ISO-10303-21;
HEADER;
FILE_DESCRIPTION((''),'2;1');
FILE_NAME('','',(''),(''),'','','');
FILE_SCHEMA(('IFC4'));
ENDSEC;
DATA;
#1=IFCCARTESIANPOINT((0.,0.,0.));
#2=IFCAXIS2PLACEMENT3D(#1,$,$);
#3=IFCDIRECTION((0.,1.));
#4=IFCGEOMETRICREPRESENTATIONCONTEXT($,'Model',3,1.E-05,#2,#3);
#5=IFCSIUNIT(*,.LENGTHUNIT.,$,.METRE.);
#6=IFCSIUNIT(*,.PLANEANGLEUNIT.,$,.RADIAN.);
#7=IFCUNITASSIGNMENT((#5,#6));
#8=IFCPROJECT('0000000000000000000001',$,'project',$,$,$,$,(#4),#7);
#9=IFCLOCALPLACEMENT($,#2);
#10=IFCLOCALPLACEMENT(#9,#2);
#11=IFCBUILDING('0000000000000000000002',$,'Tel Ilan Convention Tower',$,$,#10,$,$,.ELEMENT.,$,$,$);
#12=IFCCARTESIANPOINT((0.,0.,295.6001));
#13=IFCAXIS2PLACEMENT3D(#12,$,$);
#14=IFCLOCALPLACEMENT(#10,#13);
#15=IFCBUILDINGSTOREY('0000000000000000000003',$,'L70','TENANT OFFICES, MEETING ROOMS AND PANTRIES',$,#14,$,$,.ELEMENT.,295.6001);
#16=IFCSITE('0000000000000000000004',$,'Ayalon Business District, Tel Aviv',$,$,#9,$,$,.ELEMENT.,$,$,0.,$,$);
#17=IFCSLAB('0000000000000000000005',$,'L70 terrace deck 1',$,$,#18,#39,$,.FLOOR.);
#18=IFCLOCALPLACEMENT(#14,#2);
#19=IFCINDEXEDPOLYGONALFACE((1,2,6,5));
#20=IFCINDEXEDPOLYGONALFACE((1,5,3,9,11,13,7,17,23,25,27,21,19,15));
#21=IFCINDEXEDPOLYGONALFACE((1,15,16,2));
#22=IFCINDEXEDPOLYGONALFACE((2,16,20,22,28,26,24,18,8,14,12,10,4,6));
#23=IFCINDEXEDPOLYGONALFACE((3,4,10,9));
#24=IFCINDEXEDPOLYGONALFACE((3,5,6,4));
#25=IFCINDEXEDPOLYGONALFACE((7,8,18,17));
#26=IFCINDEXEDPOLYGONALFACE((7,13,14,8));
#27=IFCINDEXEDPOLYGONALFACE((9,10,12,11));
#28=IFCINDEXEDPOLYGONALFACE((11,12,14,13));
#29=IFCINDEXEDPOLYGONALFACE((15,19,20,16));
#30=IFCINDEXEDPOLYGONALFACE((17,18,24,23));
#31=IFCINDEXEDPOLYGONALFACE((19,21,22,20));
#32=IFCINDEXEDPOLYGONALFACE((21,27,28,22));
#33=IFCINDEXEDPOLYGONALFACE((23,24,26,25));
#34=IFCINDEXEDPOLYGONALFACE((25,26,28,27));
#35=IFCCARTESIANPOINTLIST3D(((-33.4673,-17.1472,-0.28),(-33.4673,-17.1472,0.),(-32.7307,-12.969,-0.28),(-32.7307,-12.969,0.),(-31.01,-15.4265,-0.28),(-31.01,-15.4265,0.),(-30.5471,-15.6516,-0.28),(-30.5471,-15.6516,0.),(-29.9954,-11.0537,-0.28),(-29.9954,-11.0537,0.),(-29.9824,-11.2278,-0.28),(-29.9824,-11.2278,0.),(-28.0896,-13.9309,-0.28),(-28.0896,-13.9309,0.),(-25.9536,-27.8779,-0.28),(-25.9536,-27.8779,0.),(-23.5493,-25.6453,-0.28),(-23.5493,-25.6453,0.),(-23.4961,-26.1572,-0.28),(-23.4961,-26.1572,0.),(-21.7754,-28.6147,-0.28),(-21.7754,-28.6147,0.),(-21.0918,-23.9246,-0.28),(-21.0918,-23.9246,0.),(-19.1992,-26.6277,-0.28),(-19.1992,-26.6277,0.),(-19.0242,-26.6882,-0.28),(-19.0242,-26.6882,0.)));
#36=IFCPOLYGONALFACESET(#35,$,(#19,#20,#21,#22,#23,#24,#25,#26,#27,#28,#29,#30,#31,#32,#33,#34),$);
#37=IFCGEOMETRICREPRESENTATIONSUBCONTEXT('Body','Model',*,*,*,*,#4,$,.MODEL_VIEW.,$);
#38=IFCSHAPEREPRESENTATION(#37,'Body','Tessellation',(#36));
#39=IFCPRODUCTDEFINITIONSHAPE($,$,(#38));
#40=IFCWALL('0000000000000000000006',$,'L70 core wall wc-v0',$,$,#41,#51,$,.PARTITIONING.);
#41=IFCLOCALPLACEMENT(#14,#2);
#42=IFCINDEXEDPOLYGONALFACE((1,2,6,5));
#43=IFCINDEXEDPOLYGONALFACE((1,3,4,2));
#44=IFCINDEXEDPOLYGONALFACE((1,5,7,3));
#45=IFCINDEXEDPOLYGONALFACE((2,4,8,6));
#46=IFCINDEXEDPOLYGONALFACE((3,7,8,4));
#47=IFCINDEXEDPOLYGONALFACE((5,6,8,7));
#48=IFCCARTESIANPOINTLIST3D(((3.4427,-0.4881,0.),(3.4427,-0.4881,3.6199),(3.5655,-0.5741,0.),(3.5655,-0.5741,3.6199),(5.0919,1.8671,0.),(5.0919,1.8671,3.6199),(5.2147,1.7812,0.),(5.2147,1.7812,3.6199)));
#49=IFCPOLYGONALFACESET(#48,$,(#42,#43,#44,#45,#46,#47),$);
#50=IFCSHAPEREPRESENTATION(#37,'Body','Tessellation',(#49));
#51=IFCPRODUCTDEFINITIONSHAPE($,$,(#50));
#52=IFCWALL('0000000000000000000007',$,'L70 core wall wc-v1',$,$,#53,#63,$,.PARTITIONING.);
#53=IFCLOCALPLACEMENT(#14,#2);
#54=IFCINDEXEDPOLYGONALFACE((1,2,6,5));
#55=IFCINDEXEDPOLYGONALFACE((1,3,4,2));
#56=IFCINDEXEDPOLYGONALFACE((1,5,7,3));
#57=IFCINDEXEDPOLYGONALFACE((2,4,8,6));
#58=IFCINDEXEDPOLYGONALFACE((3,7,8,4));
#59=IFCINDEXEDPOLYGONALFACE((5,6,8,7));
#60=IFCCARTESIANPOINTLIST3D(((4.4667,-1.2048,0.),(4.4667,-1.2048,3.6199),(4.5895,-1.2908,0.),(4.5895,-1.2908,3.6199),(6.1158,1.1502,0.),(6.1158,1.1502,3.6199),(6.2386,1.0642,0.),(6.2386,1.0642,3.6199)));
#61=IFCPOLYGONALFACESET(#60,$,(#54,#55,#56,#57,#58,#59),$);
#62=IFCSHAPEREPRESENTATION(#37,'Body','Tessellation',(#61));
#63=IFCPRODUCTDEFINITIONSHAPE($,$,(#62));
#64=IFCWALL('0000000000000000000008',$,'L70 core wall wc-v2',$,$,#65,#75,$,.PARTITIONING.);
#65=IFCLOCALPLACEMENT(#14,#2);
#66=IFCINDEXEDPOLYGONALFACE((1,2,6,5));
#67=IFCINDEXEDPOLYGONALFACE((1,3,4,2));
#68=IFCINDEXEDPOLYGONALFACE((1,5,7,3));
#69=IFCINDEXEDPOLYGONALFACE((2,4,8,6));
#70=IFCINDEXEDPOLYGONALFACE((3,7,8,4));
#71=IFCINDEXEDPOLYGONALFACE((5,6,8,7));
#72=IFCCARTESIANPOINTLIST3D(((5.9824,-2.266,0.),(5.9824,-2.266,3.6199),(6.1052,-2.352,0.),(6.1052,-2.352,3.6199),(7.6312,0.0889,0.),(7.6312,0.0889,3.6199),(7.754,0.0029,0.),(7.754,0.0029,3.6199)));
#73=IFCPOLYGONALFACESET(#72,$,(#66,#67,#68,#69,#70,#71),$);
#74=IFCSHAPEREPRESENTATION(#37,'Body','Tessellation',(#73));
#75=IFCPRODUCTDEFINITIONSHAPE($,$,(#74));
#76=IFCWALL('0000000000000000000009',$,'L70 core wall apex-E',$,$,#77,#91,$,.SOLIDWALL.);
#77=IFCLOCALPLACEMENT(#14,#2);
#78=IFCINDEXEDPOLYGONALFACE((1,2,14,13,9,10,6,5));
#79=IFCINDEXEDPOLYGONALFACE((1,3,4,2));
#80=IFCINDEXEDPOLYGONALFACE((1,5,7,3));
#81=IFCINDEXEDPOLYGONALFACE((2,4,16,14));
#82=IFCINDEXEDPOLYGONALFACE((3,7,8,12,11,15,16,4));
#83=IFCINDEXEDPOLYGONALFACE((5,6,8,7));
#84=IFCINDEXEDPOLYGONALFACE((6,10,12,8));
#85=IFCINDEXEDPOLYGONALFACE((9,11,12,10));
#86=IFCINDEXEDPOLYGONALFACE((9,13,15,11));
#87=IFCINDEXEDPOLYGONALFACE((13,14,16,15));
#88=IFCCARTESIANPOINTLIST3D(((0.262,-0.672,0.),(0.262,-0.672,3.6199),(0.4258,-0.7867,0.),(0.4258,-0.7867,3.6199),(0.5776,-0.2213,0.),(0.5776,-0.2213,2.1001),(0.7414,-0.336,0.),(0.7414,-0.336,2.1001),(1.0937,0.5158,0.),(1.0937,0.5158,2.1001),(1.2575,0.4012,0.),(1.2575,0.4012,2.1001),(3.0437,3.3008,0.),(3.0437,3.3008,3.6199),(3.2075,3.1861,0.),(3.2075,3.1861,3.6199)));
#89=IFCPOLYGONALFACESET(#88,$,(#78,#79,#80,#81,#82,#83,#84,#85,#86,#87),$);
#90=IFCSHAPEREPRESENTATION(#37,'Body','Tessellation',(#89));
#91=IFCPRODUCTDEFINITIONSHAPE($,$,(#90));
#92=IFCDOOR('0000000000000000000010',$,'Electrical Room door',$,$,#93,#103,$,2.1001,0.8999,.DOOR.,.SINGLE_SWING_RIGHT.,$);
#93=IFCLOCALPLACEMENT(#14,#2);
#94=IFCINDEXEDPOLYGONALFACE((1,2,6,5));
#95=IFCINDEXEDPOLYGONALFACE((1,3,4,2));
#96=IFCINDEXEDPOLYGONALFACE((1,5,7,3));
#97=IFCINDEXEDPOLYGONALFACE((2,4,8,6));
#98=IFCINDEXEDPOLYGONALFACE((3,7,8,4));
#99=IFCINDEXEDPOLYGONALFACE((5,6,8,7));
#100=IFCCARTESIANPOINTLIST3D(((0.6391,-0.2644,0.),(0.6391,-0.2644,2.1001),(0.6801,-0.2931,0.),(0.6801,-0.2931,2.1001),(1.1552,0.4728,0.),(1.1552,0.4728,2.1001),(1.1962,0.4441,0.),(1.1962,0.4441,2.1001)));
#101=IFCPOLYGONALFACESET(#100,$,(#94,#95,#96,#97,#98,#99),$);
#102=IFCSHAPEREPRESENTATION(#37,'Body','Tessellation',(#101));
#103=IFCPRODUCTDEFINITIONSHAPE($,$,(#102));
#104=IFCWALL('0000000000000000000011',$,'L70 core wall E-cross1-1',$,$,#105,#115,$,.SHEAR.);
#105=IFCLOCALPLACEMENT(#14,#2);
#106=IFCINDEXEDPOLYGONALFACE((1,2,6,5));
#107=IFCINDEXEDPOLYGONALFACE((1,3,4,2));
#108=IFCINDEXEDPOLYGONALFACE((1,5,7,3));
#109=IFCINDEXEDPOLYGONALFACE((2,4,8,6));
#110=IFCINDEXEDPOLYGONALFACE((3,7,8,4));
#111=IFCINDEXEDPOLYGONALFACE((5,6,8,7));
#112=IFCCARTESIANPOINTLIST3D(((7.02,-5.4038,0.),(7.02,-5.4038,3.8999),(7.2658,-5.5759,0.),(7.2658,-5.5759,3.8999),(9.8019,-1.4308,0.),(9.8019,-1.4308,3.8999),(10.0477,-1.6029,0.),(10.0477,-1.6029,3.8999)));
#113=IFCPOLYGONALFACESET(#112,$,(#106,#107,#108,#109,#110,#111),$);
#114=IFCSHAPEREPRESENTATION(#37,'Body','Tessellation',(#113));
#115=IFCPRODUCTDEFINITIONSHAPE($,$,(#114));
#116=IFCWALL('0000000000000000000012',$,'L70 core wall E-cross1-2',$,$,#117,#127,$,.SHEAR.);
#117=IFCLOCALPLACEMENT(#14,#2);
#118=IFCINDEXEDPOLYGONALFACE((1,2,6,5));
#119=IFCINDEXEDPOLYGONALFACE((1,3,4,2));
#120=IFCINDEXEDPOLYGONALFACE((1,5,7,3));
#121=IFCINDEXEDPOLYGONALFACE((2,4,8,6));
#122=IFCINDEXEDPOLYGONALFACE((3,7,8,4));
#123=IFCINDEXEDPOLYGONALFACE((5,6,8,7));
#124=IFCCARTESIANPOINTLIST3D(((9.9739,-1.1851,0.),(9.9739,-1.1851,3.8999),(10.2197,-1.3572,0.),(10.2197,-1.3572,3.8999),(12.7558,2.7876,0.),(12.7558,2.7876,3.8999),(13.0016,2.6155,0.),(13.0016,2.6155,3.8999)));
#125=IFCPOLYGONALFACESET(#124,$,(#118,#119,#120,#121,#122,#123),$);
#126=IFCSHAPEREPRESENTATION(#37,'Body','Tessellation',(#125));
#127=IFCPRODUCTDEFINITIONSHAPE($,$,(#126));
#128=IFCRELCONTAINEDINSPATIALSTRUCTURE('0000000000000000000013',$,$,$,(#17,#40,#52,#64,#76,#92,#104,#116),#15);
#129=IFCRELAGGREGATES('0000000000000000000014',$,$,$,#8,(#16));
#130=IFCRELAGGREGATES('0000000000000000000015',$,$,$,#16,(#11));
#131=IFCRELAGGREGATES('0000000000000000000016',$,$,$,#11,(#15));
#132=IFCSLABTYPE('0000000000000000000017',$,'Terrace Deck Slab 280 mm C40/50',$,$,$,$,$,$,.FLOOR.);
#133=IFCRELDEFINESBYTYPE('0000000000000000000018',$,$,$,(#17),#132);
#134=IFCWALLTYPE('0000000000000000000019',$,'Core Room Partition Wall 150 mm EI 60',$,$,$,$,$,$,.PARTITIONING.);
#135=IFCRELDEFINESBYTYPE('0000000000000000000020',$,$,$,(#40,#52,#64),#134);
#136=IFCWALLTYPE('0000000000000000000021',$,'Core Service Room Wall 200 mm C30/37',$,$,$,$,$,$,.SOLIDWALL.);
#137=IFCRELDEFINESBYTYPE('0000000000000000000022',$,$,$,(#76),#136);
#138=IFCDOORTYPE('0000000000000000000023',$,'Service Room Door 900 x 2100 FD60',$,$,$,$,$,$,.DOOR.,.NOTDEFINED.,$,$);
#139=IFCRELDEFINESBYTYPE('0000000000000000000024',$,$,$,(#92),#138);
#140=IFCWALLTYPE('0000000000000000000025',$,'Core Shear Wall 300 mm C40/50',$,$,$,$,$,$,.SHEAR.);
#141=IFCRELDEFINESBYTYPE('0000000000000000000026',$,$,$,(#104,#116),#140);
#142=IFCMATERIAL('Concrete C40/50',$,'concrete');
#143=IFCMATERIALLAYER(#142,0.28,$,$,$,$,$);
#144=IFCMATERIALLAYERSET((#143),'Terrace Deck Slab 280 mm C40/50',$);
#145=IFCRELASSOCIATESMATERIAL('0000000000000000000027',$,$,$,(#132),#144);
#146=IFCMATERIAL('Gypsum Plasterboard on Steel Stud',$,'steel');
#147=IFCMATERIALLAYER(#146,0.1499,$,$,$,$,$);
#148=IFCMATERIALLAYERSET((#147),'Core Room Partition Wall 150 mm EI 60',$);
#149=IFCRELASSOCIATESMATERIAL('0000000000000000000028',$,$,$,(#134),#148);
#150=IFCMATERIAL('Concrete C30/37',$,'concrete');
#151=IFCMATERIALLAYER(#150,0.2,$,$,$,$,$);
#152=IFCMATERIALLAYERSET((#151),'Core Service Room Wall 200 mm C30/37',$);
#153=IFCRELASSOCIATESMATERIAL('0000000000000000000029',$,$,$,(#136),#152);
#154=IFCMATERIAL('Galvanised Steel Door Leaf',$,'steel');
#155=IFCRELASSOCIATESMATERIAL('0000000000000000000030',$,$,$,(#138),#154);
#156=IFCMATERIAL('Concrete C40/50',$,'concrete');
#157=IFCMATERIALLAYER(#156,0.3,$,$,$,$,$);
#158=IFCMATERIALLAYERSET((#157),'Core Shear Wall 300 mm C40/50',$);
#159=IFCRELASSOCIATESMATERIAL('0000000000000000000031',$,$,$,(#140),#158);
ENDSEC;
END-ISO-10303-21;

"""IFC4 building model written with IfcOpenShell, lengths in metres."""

from ifc_helpers import new_model, si_unit, direction, frame, frame_2d, origin, place, context, subcontext, project, spatial, polyline, rectangle, outline, extrude, material, layer, layer_set, type_object, element, fill, save


model = new_model("IFC4")

# Units and contexts
model_context = context("Model", 3, precision=1e-05, world=origin(), true_north=direction((0.0, 1.0)))
body_context = subcontext(model_context, "Body", "Model", "MODEL_VIEW")
ifc_project = project(units=[si_unit("LENGTHUNIT", "METRE"), si_unit("PLANEANGLEUNIT", "RADIAN")], contexts=[model_context])

# Site, building, storey
site_placement = place(None, origin())
site = spatial("IfcSite", under=ifc_project, at=site_placement, Name="Ayalon Business District, Tel Aviv", CompositionType="ELEMENT", RefElevation=0.0)
building_placement = place(site_placement, origin())
building = spatial("IfcBuilding", under=site, at=building_placement, Name="Tel Ilan Convention Tower", CompositionType="ELEMENT")
storey_placement = place(building_placement, frame((0.0, 0.0, 295.6001)))
storey = spatial("IfcBuildingStorey", under=building, at=storey_placement, Name="L70", Description="TENANT OFFICES, MEETING ROOMS AND PANTRIES", CompositionType="ELEMENT", Elevation=295.6001)

# Slab
ifc_material_1 = material(Name="Concrete C40/50", Category="concrete")
ifc_layer_1 = layer(ifc_material_1, 0.28)
ifc_layer_set_1 = layer_set([ifc_layer_1], Name="Terrace Deck Slab 280 mm C40/50")
slab_type_1 = type_object("IfcSlabType", Name="Terrace Deck Slab 280 mm C40/50", PredefinedType="FLOOR", material=ifc_layer_set_1)
slab_1_placement = place(storey_placement, frame((0.0, 0.0, -0.28)))
element("IfcSlab", 1, at=slab_1_placement, inside=storey, type_object=slab_type_1, Name="L70 terrace deck 1", PredefinedType="FLOOR", context=body_context, shape_type="SweptSolid", body=[
    extrude(outline(polyline([(-25.9536, -27.8779), (-33.4673, -17.1472), (-31.01, -15.4265), (-32.7307, -12.969), (-29.9954, -11.0537), (-29.9824, -11.2278), (-28.0896, -13.9309), (-30.5471, -15.6516), (-23.5493, -25.6453), (-21.0918, -23.9246), (-19.1992, -26.6277), (-19.0242, -26.6882), (-21.7754, -28.6147), (-23.4961, -26.1572), (-25.9536, -27.8779)])), origin(), (0.0, 0.0, 1.0), 0.28),
])

# Walls
ifc_material_2 = material(Name="Gypsum Plasterboard on Steel Stud", Category="steel")
ifc_layer_2 = layer(ifc_material_2, 0.1499)
ifc_layer_set_2 = layer_set([ifc_layer_2], Name="Core Room Partition Wall 150 mm EI 60")
wall_type_1 = type_object("IfcWallType", Name="Core Room Partition Wall 150 mm EI 60", PredefinedType="PARTITIONING", material=ifc_layer_set_2)
wall_1_placement = place(storey_placement, frame((3.5042, -0.531, 0.0), z_axis=(0.0, 0.0, 1.0), x_axis=(0.573582, 0.819148, 0.0)))
element("IfcWall", 2, at=wall_1_placement, inside=storey, type_object=wall_type_1, Name="L70 core wall wc-v0", PredefinedType="PARTITIONING", context=body_context, shape_type="SweptSolid", body=[
    extrude(rectangle(XDim=2.8752, YDim=0.1499, at=frame_2d((1.4375, 0.0))), origin(), (0.0, 0.0, 1.0), 3.6199),
])
wall_2_placement = place(storey_placement, frame((4.5281, -1.2478, 0.0), z_axis=(0.0, 0.0, 1.0), x_axis=(0.573622, 0.81912, 0.0)))
element("IfcWall", 3, at=wall_2_placement, inside=storey, type_object=wall_type_1, Name="L70 core wall wc-v1", PredefinedType="PARTITIONING", context=body_context, shape_type="SweptSolid", body=[
    extrude(rectangle(XDim=2.875, YDim=0.1499, at=frame_2d((1.4375, 0.0))), origin(), (0.0, 0.0, 1.0), 3.6199),
])
wall_3_placement = place(storey_placement, frame((6.0437, -2.3091, 0.0), z_axis=(0.0, 0.0, 1.0), x_axis=(0.573565, 0.81916, 0.0)))
element("IfcWall", 4, at=wall_3_placement, inside=storey, type_object=wall_type_1, Name="L70 core wall wc-v2", PredefinedType="PARTITIONING", context=body_context, shape_type="SweptSolid", body=[
    extrude(rectangle(XDim=2.8748, YDim=0.1499, at=frame_2d((1.4375, 0.0))), origin(), (0.0, 0.0, 1.0), 3.6199),
])

# Wall, opening, door
ifc_material_3 = material(Name="Concrete C30/37", Category="concrete")
ifc_layer_3 = layer(ifc_material_3, 0.2)
ifc_layer_set_3 = layer_set([ifc_layer_3], Name="Core Service Room Wall 200 mm C30/37")
wall_type_2 = type_object("IfcWallType", Name="Core Service Room Wall 200 mm C30/37", PredefinedType="SOLIDWALL", material=ifc_layer_set_3)
wall_4_placement = place(storey_placement, frame((0.344, -0.7292, 0.0), z_axis=(0.0, 0.0, 1.0), x_axis=(0.57356, 0.819163, 0.0)))
wall_4 = element("IfcWall", 5, at=wall_4_placement, inside=storey, type_object=wall_type_2, Name="L70 core wall apex-E", PredefinedType="SOLIDWALL", context=body_context, shape_type="SweptSolid", body=[
    extrude(rectangle(XDim=4.8499, YDim=0.2, at=frame_2d((2.4248, 0.0))), origin(), (0.0, 0.0, 1.0), 3.6199),
])
opening_1_placement = place(wall_4_placement, frame((0.55, 0.0, 0.0)))
opening_1 = element("IfcOpeningElement", 6, at=opening_1_placement, cuts=wall_4, PredefinedType="OPENING", context=body_context, shape_type="SweptSolid", body=[
    extrude(rectangle(XDim=0.8999, YDim=2.1001, at=frame_2d((0.45, 1.05))), frame((0.0, 0.1099, 0.0), z_axis=(0.0, -1.0, 0.0), x_axis=(1.0, 0.0, 0.0)), (0.0, 0.0, 1.0), 0.22),
])
ifc_material_4 = material(Name="Galvanised Steel Door Leaf", Category="steel")
door_type_1 = type_object("IfcDoorType", Name="Service Room Door 900 x 2100 FD60", OperationType="NOTDEFINED", PredefinedType="DOOR", material=ifc_material_4)
door_1_placement = place(opening_1_placement, origin())
door_1 = element("IfcDoor", 7, at=door_1_placement, inside=storey, type_object=door_type_1, Name="Electrical Room door", OperationType="SINGLE_SWING_RIGHT", OverallHeight=2.1001, OverallWidth=0.8999, PredefinedType="DOOR", context=body_context, shape_type="SweptSolid", body=[
    extrude(rectangle(XDim=0.8999, YDim=2.1001, at=frame_2d((0.45, 1.05))), frame((0.0, 0.0249, 0.0), z_axis=(0.0, -1.0, 0.0), x_axis=(1.0, 0.0, 0.0)), (0.0, 0.0, 1.0), 0.05),
])
fill(opening_1, door_1)

# Walls
ifc_material_5 = material(Name="Concrete C40/50", Category="concrete")
ifc_layer_4 = layer(ifc_material_5, 0.3)
ifc_layer_set_4 = layer_set([ifc_layer_4], Name="Core Shear Wall 300 mm C40/50")
wall_type_3 = type_object("IfcWallType", Name="Core Shear Wall 300 mm C40/50", PredefinedType="SHEAR", material=ifc_layer_set_4)
wall_5_placement = place(storey_placement, frame((7.1428, -5.4897, 0.0), z_axis=(0.0, 0.0, 1.0), x_axis=(0.573618, 0.819123, 0.0)))
element("IfcWall", 8, at=wall_5_placement, inside=storey, type_object=wall_type_3, Name="L70 core wall E-cross1-1", PredefinedType="SHEAR", context=body_context, shape_type="SweptSolid", body=[
    extrude(outline(polyline([(0.0, 0.1499), (0.0, -0.1501), (4.8501, -0.1499), (4.8501, 0.1501), (0.0, 0.1499)])), origin(), (0.0, 0.0, 1.0), 3.8999),
])
wall_6_placement = place(storey_placement, frame((10.0969, -1.2712, 0.0), z_axis=(0.0, 0.0, 1.0), x_axis=(0.57356, 0.819163, 0.0)))
element("IfcWall", 9, at=wall_6_placement, inside=storey, type_object=wall_type_3, Name="L70 core wall E-cross1-2", PredefinedType="SHEAR", context=body_context, shape_type="SweptSolid", body=[
    extrude(outline(polyline([(4.8499, -0.1501), (4.8499, 0.1499), (0.0, 0.1501), (0.0, -0.1499), (4.8499, -0.1501)])), origin(), (0.0, 0.0, 1.0), 3.8999),
])

save(model, "model.ifc")
